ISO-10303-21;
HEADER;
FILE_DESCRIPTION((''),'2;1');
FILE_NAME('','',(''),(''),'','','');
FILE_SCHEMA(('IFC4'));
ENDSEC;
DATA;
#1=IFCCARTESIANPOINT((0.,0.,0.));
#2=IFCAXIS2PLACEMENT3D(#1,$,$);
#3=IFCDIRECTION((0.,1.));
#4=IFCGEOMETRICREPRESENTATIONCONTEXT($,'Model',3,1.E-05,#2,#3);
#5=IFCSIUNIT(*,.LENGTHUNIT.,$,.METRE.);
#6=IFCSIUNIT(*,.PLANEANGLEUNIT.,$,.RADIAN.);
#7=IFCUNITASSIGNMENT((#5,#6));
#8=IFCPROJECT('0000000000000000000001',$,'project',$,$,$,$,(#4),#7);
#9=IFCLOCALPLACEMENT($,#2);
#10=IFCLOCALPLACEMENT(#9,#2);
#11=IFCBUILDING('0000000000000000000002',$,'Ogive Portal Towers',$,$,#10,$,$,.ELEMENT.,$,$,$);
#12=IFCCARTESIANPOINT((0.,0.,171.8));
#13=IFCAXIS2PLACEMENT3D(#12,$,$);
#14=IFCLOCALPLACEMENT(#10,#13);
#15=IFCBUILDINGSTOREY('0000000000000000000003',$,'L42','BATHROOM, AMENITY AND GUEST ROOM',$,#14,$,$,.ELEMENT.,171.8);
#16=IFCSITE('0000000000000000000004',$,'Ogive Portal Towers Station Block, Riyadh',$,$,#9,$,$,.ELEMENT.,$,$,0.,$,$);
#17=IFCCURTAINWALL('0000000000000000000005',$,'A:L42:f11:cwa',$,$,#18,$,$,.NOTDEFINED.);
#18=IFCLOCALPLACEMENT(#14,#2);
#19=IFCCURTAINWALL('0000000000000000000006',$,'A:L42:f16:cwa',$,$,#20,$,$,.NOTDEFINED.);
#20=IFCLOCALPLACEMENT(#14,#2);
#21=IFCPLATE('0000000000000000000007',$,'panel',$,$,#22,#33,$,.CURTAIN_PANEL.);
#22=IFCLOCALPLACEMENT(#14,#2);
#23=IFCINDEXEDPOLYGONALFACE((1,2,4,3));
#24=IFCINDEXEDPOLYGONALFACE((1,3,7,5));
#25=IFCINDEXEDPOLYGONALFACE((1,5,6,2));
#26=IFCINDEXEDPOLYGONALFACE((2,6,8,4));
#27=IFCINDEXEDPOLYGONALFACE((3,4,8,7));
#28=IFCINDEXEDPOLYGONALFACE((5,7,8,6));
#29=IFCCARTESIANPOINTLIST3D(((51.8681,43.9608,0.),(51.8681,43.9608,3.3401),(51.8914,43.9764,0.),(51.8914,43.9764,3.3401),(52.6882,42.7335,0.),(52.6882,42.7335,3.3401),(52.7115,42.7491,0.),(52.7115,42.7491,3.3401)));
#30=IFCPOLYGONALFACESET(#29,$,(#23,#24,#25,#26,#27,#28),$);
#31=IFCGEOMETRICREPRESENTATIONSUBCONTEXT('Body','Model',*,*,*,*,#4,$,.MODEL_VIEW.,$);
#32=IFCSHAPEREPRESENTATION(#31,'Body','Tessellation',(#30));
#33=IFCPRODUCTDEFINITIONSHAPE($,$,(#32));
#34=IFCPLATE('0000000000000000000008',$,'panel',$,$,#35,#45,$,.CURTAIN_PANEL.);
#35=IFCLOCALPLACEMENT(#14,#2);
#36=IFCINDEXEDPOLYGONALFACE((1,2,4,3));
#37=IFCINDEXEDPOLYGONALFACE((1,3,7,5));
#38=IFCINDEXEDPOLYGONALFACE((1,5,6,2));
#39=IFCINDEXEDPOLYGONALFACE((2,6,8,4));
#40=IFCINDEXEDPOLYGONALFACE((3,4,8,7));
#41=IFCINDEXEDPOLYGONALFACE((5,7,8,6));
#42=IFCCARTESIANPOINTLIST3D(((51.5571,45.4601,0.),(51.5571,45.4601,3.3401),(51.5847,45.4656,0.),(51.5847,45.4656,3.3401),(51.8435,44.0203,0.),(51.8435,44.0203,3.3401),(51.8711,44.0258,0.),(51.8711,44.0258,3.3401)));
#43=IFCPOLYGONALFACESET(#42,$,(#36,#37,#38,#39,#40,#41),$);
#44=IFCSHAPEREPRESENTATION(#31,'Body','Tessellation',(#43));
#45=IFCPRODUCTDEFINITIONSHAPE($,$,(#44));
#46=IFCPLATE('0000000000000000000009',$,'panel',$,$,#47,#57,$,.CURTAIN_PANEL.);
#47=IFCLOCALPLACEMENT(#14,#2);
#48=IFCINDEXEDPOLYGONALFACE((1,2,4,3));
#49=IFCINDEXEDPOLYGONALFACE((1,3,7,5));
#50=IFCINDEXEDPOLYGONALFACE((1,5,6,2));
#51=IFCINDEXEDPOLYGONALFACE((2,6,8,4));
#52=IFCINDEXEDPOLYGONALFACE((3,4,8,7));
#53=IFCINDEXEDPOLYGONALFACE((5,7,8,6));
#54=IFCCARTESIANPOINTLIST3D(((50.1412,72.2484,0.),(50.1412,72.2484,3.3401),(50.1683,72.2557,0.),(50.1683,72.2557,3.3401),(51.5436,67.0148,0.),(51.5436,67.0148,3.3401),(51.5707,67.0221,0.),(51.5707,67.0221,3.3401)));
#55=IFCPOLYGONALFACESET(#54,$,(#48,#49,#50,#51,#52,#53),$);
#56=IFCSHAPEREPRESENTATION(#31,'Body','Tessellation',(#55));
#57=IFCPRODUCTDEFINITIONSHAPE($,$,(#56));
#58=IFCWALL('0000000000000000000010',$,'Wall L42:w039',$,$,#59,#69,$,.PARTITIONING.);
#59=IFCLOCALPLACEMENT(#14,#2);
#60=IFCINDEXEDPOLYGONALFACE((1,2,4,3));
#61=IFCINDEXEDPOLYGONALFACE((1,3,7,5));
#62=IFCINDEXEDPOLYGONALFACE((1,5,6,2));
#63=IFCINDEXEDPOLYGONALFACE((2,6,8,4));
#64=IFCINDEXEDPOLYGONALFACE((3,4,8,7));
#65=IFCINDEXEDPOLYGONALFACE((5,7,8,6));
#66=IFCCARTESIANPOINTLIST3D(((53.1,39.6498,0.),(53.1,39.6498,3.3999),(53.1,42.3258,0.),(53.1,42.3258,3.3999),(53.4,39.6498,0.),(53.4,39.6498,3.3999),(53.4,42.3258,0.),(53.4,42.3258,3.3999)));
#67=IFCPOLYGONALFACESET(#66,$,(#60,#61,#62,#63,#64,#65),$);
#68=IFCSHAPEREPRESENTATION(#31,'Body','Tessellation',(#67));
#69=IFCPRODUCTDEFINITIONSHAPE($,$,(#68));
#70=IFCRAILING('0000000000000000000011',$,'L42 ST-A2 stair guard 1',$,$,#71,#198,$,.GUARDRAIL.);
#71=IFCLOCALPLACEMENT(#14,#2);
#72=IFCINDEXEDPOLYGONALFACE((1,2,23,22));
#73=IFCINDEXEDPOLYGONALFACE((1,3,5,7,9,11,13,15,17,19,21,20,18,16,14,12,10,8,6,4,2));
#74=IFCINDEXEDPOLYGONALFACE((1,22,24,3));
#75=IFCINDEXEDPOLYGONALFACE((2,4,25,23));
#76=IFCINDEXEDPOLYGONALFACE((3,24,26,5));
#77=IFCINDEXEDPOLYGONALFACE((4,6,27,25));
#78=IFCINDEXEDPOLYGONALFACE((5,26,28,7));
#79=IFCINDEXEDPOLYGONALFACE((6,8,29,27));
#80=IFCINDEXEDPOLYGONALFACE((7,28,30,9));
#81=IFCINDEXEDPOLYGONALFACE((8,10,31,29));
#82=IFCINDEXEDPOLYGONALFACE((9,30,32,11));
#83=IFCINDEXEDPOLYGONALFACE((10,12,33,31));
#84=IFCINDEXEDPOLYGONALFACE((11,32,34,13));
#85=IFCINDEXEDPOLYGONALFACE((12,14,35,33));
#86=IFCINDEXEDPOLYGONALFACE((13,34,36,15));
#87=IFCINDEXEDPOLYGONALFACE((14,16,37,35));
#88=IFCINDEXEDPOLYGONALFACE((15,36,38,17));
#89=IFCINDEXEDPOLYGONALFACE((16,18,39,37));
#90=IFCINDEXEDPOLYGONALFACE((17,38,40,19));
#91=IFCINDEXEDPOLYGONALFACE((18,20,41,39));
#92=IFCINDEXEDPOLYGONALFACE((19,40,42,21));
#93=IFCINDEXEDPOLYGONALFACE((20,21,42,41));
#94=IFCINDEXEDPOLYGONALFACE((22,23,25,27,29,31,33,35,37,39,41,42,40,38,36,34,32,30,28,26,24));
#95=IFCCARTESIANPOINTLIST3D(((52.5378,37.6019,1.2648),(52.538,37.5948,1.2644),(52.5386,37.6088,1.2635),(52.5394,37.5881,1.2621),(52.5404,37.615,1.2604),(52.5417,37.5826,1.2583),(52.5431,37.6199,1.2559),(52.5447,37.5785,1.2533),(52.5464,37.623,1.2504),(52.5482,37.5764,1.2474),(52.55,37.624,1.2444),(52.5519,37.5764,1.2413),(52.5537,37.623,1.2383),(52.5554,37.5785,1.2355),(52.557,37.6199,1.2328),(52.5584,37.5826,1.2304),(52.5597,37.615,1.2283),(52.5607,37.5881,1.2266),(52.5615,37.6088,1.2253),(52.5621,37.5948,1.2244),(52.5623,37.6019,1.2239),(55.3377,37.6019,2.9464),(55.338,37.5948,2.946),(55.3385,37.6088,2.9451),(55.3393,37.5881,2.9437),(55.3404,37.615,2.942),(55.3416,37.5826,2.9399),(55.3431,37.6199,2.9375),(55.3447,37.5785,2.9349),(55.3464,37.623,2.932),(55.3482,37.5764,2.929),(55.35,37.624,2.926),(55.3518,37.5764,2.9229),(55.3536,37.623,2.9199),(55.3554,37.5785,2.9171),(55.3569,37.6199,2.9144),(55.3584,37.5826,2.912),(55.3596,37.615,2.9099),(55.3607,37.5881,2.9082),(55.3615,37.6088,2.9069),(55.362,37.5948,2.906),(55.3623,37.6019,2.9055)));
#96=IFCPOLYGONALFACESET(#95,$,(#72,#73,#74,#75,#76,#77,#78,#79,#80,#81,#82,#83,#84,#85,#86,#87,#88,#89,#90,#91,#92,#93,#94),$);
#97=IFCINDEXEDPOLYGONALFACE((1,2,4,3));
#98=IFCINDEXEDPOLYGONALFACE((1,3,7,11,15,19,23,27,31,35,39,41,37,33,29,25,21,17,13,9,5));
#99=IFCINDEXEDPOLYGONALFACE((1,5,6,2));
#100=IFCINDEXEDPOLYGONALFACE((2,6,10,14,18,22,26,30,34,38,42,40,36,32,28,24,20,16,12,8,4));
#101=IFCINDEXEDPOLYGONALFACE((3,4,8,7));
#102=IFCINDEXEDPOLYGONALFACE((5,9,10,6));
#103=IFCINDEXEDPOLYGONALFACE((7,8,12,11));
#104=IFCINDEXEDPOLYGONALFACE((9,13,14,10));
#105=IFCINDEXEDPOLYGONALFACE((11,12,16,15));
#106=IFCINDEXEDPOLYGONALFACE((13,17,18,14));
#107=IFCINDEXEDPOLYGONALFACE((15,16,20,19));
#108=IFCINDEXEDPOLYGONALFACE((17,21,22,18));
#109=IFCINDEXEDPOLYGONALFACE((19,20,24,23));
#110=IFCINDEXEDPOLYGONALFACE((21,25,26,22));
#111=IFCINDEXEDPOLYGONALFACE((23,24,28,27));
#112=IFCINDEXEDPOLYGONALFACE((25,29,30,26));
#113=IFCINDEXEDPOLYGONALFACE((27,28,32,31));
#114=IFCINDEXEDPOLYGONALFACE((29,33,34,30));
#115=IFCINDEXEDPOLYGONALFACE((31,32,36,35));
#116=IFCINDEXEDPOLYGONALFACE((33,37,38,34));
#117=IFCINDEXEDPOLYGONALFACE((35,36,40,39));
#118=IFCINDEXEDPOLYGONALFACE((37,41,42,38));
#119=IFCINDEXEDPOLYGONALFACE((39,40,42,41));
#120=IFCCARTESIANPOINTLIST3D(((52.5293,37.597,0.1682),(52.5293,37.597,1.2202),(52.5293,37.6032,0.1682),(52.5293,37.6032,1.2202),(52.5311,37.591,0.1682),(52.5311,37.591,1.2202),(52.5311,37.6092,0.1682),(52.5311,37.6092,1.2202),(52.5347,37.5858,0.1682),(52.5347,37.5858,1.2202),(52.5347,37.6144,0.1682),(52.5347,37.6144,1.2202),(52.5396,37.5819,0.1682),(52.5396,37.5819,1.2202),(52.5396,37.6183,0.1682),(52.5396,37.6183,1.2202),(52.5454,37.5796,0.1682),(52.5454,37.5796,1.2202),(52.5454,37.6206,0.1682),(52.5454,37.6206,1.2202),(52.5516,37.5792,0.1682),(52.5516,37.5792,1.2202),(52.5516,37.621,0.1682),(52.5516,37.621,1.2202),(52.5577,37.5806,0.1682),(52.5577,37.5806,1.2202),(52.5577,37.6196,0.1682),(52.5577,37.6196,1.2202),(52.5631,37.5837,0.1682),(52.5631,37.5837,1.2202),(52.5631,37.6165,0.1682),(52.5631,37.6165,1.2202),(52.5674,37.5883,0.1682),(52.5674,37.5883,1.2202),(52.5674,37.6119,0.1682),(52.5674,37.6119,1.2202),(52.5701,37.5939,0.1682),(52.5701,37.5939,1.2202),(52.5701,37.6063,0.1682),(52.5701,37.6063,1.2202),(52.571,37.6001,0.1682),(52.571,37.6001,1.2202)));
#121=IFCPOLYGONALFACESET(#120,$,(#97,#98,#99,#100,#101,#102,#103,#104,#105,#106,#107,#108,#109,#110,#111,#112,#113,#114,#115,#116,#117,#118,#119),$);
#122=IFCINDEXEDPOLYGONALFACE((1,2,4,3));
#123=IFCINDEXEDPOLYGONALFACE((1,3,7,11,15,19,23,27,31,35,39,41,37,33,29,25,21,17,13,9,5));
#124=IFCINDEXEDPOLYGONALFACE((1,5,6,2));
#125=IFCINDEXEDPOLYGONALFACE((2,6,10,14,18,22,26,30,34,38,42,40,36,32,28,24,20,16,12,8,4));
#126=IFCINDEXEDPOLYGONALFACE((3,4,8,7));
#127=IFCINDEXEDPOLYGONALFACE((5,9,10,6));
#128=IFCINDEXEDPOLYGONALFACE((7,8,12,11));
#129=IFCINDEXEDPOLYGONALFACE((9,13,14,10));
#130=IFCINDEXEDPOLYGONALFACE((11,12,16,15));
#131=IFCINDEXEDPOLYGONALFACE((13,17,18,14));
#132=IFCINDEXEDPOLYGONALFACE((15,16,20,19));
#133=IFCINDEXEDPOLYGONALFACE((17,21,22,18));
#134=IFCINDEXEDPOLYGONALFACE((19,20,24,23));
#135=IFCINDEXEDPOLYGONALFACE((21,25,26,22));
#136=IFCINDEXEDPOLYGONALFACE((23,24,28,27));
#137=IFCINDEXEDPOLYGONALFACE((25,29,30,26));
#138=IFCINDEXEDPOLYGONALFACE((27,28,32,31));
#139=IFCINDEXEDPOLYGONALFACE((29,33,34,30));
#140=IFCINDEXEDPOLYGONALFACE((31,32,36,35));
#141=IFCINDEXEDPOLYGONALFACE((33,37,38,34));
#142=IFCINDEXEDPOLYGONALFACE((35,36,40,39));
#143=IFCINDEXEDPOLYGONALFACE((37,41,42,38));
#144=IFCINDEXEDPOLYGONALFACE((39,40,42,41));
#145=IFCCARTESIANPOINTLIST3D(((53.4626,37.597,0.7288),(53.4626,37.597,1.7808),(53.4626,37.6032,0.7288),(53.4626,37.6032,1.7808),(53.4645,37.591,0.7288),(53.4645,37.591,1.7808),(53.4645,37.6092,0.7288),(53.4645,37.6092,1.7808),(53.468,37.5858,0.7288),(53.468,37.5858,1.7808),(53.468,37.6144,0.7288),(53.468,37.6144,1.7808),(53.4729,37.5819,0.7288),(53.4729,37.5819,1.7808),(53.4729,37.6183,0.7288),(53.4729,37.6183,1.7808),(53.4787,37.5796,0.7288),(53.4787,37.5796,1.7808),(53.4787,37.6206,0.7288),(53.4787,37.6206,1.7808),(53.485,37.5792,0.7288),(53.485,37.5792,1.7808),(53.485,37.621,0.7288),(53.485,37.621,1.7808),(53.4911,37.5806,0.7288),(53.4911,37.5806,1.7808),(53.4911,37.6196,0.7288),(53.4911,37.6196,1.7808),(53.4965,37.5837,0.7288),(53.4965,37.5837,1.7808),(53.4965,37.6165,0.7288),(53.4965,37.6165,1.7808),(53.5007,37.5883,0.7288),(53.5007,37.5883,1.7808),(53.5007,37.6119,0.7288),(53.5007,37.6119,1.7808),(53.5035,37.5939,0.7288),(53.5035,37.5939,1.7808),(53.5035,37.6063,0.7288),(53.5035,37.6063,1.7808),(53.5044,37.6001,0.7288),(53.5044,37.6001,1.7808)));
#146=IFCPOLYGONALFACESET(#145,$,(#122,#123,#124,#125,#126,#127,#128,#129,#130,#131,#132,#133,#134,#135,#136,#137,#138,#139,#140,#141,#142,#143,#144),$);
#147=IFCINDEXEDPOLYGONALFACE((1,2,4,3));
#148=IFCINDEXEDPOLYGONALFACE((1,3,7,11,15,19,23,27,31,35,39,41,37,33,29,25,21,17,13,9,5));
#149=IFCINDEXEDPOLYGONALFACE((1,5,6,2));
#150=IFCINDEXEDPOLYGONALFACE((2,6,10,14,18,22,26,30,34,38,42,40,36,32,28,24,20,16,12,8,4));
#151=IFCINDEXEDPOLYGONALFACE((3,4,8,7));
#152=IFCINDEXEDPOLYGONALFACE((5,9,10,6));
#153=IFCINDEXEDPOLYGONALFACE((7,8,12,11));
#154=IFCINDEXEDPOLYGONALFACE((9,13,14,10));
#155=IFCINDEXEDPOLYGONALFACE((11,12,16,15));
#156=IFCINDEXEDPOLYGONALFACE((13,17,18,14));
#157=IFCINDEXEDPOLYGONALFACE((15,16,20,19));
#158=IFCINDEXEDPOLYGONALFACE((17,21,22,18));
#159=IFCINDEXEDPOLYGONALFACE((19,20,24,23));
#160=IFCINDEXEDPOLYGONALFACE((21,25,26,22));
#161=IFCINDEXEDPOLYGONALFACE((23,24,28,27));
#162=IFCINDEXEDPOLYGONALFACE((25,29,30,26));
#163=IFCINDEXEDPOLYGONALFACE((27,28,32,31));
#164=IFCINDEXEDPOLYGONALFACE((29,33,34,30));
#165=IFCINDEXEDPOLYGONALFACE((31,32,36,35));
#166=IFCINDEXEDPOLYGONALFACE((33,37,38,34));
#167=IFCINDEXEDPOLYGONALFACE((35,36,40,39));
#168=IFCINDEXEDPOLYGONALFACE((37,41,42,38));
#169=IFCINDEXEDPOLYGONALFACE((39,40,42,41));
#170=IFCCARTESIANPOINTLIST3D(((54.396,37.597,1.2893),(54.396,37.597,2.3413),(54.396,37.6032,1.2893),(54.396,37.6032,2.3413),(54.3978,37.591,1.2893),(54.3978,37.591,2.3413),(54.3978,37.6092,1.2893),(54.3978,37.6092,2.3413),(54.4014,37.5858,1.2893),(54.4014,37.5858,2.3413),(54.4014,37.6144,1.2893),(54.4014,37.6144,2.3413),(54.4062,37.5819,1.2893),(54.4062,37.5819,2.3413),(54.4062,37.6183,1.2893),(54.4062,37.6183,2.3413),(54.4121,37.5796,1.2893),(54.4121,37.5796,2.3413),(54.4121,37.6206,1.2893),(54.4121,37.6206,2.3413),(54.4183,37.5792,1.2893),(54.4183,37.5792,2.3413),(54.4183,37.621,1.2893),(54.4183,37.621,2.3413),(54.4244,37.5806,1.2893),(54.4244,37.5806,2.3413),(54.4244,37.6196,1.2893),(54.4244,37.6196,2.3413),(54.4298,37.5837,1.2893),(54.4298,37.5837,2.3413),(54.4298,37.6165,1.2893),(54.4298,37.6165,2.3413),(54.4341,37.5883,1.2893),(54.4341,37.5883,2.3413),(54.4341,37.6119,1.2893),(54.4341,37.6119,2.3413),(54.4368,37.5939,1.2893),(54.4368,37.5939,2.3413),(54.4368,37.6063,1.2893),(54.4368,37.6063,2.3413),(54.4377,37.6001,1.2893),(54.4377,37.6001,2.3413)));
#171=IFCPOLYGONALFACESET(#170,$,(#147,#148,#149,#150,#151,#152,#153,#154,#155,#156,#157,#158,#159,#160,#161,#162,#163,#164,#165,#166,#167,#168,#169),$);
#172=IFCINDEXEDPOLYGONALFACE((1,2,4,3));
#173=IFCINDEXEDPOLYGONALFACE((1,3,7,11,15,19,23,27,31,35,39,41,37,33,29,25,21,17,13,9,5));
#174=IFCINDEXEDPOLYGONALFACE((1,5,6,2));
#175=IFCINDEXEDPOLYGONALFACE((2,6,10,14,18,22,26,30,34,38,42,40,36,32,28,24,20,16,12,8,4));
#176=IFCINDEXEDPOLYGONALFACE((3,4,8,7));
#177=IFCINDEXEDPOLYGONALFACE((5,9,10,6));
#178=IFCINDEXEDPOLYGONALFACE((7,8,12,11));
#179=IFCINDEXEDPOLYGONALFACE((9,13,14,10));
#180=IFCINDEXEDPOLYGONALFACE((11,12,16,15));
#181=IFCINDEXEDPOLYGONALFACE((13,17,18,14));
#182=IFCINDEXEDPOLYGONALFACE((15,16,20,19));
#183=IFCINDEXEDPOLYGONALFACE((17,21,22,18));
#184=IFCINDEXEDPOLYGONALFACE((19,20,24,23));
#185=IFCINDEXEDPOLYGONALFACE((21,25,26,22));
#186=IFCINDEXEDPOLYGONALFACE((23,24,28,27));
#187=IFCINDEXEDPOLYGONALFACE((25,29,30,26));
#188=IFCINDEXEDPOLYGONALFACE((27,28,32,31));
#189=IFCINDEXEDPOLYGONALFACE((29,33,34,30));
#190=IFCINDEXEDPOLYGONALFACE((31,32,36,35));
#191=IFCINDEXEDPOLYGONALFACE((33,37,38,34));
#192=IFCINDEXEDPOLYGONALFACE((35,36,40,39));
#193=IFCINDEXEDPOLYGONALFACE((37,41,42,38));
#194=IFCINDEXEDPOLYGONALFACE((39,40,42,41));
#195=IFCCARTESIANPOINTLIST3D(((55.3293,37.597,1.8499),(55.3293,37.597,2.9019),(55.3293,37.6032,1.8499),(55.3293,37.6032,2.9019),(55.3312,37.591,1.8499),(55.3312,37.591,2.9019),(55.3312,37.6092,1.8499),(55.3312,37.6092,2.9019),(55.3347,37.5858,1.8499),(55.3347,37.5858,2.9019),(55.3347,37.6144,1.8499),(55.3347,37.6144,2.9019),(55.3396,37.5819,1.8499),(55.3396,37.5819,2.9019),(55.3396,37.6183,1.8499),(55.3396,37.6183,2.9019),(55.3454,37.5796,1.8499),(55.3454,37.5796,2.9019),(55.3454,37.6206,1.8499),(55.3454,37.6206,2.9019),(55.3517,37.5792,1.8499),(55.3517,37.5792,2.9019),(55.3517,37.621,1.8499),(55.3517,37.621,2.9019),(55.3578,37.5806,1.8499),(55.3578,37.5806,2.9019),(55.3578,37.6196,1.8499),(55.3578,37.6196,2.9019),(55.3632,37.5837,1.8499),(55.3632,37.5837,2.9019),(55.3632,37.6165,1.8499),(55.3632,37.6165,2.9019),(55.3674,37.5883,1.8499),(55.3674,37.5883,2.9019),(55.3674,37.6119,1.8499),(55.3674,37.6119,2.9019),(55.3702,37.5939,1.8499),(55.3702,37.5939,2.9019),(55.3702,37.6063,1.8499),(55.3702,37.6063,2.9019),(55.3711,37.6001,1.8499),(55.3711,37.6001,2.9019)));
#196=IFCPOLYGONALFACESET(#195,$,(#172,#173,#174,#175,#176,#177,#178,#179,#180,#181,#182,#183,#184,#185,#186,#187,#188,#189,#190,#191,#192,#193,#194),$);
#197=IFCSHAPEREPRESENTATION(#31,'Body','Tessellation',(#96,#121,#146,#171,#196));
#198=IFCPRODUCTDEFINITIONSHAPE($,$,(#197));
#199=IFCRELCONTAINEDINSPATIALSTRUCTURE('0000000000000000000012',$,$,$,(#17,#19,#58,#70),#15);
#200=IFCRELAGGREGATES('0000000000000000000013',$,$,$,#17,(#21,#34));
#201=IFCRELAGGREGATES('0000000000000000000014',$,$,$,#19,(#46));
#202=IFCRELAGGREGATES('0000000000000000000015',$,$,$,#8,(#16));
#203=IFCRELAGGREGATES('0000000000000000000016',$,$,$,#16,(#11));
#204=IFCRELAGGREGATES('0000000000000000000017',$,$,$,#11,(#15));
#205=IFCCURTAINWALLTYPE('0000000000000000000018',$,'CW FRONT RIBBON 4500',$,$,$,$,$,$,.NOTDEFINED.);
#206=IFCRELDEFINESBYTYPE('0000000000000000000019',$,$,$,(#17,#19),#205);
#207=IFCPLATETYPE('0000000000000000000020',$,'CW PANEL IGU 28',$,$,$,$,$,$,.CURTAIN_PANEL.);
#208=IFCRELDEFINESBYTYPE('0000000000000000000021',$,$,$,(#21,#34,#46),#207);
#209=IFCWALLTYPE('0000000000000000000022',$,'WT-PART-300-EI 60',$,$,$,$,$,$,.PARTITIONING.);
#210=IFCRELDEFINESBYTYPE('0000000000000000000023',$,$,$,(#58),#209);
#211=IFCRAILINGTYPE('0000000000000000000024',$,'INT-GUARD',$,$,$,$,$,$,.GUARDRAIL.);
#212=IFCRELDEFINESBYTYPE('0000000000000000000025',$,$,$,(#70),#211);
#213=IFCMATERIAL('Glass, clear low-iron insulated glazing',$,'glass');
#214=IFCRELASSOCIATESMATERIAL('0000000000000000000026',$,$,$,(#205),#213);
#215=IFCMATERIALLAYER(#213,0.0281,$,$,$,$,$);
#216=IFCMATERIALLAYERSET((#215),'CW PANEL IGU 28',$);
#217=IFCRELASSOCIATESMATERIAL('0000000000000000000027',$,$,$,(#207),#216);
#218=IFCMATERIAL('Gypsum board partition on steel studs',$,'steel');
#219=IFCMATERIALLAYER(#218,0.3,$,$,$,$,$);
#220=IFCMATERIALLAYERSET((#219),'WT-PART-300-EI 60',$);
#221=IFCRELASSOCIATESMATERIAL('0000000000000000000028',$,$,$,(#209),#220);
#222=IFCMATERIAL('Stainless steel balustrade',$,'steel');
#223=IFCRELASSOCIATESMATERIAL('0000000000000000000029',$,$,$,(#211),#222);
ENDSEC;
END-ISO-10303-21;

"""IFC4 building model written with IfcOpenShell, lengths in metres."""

from ifc_helpers import new_model, si_unit, direction, frame, frame_2d, origin, origin_2d, place, context, subcontext, project, spatial, rectangle, circle, extrude, material, layer, layer_set, type_object, element, aggregate, save


model = new_model("IFC4")

# Units and contexts
model_context = context("Model", 3, precision=1e-05, world=origin(), true_north=direction((0.0, 1.0)))
body_context = subcontext(model_context, "Body", "Model", "MODEL_VIEW")
ifc_project = project(units=[si_unit("LENGTHUNIT", "METRE"), si_unit("PLANEANGLEUNIT", "RADIAN")], contexts=[model_context])

# Site, building, storey
site_placement = place(None, origin())
site = spatial("IfcSite", under=ifc_project, at=site_placement, Name="Ogive Portal Towers Station Block, Riyadh", CompositionType="ELEMENT", RefElevation=0.0)
building_placement = place(site_placement, origin())
building = spatial("IfcBuilding", under=site, at=building_placement, Name="Ogive Portal Towers", CompositionType="ELEMENT")
storey_placement = place(building_placement, frame((0.0, 0.0, 171.8)))
storey = spatial("IfcBuildingStorey", under=building, at=storey_placement, Name="L42", Description="BATHROOM, AMENITY AND GUEST ROOM", CompositionType="ELEMENT", Elevation=171.8)

# Curtain wall
ifc_material_1 = material(Name="Glass, clear low-iron insulated glazing", Category="glass")
curtain_wall_type = type_object("IfcCurtainWallType", Name="CW FRONT RIBBON 4500", PredefinedType="NOTDEFINED", material=ifc_material_1)
curtain_wall_1_placement = place(storey_placement, origin())
curtain_wall_1 = element("IfcCurtainWall", 1, at=curtain_wall_1_placement, inside=storey, type_object=curtain_wall_type, Name="A:L42:f11:cwa", PredefinedType="NOTDEFINED")

# Curtain wall
curtain_wall_2_placement = place(storey_placement, origin())
curtain_wall_2 = element("IfcCurtainWall", 2, at=curtain_wall_2_placement, inside=storey, type_object=curtain_wall_type, Name="A:L42:f16:cwa", PredefinedType="NOTDEFINED")

# Plates
ifc_layer_1 = layer(ifc_material_1, 0.0281)
ifc_layer_set_1 = layer_set([ifc_layer_1], Name="CW PANEL IGU 28")
plate_type = type_object("IfcPlateType", Name="CW PANEL IGU 28", PredefinedType="CURTAIN_PANEL", material=ifc_layer_set_1)
plate_1_placement = place(storey_placement, frame((52.2898, 43.355, 0.0), z_axis=(0.0, 0.0, 1.0), x_axis=(-0.55557, 0.83147, 0.0)))
plate_1 = element("IfcPlate", 3, at=plate_1_placement, type_object=plate_type, Name="panel", PredefinedType="CURTAIN_PANEL", context=body_context, shape_type="SweptSolid", body=[
    extrude(rectangle(XDim=1.4761, YDim=0.0281, at=origin_2d()), origin(), (0.0, 0.0, 1.0), 3.3401),
])
plate_2_placement = place(storey_placement, frame((51.7141, 44.7429, 0.0), z_axis=(0.0, 0.0, 1.0), x_axis=(-0.19509, 0.980785, 0.0)))
plate_2 = element("IfcPlate", 4, at=plate_2_placement, type_object=plate_type, Name="panel", PredefinedType="CURTAIN_PANEL", context=body_context, shape_type="SweptSolid", body=[
    extrude(rectangle(XDim=1.468, YDim=0.0281, at=origin_2d()), origin(), (0.0, 0.0, 1.0), 3.3401),
])
aggregate(curtain_wall_1, [plate_1, plate_2])
plate_3_placement = place(storey_placement, frame((50.856, 69.6353, 0.0), z_axis=(0.0, 0.0, 1.0), x_axis=(-0.258819, 0.965926, 0.0)))
plate_3 = element("IfcPlate", 5, at=plate_3_placement, type_object=plate_type, Name="panel", PredefinedType="CURTAIN_PANEL", context=body_context, shape_type="SweptSolid", body=[
    extrude(rectangle(XDim=5.4182, YDim=0.0281, at=origin_2d()), origin(), (0.0, 0.0, 1.0), 3.3401),
])
aggregate(curtain_wall_2, [plate_3])

# Wall
ifc_material_2 = material(Name="Gypsum board partition on steel studs", Category="steel")
ifc_layer_2 = layer(ifc_material_2, 0.3)
ifc_layer_set_2 = layer_set([ifc_layer_2], Name="WT-PART-300-EI 60")
wall_type = type_object("IfcWallType", Name="WT-PART-300-EI 60", PredefinedType="PARTITIONING", material=ifc_layer_set_2)
wall_placement = place(storey_placement, frame((53.25, 39.6499, 0.0), z_axis=(0.0, 0.0, 1.0), x_axis=(0.0, 1.0, 0.0)))
element("IfcWall", 6, at=wall_placement, inside=storey, type_object=wall_type, Name="Wall L42:w039", PredefinedType="PARTITIONING", context=body_context, shape_type="SweptSolid", body=[
    extrude(rectangle(XDim=2.676, YDim=0.3, at=frame_2d((1.3379, 0.0))), origin(), (0.0, 0.0, 1.0), 3.3999),
])

# Railing
ifc_material_3 = material(Name="Stainless steel balustrade", Category="steel")
railing_type_1 = type_object("IfcRailingType", Name="INT-GUARD", PredefinedType="GUARDRAIL", material=ifc_material_3)
railing_1_placement = place(storey_placement, frame((52.55, 37.6001, 0.1682)))
element("IfcRailing", 7, at=railing_1_placement, inside=storey, type_object=railing_type_1, Name="L42 ST-A2 stair guard 1", PredefinedType="GUARDRAIL", context=body_context, shape_type="SweptSolid", body=[
    extrude(circle(Radius=0.0239, at=origin_2d()), frame((0.0, 0.0, 1.0762), z_axis=(0.857275, 0.0, 0.514858), x_axis=(0.0, 1.0, 0.0)), (0.0, 0.0, 1.0), 3.2661),
    extrude(circle(Radius=0.021, at=origin_2d()), origin(), (0.0, 0.0, 1.0), 1.052),
    extrude(circle(Radius=0.021, at=origin_2d()), frame((0.9333, 0.0, 0.5605)), (0.0, 0.0, 1.0), 1.052),
    extrude(circle(Radius=0.021, at=origin_2d()), frame((1.8667, 0.0, 1.1211)), (0.0, 0.0, 1.0), 1.052),
    extrude(circle(Radius=0.021, at=origin_2d()), frame((2.8, 0.0, 1.6816)), (0.0, 0.0, 1.0), 1.052),
])

save(model, "model.ifc")
